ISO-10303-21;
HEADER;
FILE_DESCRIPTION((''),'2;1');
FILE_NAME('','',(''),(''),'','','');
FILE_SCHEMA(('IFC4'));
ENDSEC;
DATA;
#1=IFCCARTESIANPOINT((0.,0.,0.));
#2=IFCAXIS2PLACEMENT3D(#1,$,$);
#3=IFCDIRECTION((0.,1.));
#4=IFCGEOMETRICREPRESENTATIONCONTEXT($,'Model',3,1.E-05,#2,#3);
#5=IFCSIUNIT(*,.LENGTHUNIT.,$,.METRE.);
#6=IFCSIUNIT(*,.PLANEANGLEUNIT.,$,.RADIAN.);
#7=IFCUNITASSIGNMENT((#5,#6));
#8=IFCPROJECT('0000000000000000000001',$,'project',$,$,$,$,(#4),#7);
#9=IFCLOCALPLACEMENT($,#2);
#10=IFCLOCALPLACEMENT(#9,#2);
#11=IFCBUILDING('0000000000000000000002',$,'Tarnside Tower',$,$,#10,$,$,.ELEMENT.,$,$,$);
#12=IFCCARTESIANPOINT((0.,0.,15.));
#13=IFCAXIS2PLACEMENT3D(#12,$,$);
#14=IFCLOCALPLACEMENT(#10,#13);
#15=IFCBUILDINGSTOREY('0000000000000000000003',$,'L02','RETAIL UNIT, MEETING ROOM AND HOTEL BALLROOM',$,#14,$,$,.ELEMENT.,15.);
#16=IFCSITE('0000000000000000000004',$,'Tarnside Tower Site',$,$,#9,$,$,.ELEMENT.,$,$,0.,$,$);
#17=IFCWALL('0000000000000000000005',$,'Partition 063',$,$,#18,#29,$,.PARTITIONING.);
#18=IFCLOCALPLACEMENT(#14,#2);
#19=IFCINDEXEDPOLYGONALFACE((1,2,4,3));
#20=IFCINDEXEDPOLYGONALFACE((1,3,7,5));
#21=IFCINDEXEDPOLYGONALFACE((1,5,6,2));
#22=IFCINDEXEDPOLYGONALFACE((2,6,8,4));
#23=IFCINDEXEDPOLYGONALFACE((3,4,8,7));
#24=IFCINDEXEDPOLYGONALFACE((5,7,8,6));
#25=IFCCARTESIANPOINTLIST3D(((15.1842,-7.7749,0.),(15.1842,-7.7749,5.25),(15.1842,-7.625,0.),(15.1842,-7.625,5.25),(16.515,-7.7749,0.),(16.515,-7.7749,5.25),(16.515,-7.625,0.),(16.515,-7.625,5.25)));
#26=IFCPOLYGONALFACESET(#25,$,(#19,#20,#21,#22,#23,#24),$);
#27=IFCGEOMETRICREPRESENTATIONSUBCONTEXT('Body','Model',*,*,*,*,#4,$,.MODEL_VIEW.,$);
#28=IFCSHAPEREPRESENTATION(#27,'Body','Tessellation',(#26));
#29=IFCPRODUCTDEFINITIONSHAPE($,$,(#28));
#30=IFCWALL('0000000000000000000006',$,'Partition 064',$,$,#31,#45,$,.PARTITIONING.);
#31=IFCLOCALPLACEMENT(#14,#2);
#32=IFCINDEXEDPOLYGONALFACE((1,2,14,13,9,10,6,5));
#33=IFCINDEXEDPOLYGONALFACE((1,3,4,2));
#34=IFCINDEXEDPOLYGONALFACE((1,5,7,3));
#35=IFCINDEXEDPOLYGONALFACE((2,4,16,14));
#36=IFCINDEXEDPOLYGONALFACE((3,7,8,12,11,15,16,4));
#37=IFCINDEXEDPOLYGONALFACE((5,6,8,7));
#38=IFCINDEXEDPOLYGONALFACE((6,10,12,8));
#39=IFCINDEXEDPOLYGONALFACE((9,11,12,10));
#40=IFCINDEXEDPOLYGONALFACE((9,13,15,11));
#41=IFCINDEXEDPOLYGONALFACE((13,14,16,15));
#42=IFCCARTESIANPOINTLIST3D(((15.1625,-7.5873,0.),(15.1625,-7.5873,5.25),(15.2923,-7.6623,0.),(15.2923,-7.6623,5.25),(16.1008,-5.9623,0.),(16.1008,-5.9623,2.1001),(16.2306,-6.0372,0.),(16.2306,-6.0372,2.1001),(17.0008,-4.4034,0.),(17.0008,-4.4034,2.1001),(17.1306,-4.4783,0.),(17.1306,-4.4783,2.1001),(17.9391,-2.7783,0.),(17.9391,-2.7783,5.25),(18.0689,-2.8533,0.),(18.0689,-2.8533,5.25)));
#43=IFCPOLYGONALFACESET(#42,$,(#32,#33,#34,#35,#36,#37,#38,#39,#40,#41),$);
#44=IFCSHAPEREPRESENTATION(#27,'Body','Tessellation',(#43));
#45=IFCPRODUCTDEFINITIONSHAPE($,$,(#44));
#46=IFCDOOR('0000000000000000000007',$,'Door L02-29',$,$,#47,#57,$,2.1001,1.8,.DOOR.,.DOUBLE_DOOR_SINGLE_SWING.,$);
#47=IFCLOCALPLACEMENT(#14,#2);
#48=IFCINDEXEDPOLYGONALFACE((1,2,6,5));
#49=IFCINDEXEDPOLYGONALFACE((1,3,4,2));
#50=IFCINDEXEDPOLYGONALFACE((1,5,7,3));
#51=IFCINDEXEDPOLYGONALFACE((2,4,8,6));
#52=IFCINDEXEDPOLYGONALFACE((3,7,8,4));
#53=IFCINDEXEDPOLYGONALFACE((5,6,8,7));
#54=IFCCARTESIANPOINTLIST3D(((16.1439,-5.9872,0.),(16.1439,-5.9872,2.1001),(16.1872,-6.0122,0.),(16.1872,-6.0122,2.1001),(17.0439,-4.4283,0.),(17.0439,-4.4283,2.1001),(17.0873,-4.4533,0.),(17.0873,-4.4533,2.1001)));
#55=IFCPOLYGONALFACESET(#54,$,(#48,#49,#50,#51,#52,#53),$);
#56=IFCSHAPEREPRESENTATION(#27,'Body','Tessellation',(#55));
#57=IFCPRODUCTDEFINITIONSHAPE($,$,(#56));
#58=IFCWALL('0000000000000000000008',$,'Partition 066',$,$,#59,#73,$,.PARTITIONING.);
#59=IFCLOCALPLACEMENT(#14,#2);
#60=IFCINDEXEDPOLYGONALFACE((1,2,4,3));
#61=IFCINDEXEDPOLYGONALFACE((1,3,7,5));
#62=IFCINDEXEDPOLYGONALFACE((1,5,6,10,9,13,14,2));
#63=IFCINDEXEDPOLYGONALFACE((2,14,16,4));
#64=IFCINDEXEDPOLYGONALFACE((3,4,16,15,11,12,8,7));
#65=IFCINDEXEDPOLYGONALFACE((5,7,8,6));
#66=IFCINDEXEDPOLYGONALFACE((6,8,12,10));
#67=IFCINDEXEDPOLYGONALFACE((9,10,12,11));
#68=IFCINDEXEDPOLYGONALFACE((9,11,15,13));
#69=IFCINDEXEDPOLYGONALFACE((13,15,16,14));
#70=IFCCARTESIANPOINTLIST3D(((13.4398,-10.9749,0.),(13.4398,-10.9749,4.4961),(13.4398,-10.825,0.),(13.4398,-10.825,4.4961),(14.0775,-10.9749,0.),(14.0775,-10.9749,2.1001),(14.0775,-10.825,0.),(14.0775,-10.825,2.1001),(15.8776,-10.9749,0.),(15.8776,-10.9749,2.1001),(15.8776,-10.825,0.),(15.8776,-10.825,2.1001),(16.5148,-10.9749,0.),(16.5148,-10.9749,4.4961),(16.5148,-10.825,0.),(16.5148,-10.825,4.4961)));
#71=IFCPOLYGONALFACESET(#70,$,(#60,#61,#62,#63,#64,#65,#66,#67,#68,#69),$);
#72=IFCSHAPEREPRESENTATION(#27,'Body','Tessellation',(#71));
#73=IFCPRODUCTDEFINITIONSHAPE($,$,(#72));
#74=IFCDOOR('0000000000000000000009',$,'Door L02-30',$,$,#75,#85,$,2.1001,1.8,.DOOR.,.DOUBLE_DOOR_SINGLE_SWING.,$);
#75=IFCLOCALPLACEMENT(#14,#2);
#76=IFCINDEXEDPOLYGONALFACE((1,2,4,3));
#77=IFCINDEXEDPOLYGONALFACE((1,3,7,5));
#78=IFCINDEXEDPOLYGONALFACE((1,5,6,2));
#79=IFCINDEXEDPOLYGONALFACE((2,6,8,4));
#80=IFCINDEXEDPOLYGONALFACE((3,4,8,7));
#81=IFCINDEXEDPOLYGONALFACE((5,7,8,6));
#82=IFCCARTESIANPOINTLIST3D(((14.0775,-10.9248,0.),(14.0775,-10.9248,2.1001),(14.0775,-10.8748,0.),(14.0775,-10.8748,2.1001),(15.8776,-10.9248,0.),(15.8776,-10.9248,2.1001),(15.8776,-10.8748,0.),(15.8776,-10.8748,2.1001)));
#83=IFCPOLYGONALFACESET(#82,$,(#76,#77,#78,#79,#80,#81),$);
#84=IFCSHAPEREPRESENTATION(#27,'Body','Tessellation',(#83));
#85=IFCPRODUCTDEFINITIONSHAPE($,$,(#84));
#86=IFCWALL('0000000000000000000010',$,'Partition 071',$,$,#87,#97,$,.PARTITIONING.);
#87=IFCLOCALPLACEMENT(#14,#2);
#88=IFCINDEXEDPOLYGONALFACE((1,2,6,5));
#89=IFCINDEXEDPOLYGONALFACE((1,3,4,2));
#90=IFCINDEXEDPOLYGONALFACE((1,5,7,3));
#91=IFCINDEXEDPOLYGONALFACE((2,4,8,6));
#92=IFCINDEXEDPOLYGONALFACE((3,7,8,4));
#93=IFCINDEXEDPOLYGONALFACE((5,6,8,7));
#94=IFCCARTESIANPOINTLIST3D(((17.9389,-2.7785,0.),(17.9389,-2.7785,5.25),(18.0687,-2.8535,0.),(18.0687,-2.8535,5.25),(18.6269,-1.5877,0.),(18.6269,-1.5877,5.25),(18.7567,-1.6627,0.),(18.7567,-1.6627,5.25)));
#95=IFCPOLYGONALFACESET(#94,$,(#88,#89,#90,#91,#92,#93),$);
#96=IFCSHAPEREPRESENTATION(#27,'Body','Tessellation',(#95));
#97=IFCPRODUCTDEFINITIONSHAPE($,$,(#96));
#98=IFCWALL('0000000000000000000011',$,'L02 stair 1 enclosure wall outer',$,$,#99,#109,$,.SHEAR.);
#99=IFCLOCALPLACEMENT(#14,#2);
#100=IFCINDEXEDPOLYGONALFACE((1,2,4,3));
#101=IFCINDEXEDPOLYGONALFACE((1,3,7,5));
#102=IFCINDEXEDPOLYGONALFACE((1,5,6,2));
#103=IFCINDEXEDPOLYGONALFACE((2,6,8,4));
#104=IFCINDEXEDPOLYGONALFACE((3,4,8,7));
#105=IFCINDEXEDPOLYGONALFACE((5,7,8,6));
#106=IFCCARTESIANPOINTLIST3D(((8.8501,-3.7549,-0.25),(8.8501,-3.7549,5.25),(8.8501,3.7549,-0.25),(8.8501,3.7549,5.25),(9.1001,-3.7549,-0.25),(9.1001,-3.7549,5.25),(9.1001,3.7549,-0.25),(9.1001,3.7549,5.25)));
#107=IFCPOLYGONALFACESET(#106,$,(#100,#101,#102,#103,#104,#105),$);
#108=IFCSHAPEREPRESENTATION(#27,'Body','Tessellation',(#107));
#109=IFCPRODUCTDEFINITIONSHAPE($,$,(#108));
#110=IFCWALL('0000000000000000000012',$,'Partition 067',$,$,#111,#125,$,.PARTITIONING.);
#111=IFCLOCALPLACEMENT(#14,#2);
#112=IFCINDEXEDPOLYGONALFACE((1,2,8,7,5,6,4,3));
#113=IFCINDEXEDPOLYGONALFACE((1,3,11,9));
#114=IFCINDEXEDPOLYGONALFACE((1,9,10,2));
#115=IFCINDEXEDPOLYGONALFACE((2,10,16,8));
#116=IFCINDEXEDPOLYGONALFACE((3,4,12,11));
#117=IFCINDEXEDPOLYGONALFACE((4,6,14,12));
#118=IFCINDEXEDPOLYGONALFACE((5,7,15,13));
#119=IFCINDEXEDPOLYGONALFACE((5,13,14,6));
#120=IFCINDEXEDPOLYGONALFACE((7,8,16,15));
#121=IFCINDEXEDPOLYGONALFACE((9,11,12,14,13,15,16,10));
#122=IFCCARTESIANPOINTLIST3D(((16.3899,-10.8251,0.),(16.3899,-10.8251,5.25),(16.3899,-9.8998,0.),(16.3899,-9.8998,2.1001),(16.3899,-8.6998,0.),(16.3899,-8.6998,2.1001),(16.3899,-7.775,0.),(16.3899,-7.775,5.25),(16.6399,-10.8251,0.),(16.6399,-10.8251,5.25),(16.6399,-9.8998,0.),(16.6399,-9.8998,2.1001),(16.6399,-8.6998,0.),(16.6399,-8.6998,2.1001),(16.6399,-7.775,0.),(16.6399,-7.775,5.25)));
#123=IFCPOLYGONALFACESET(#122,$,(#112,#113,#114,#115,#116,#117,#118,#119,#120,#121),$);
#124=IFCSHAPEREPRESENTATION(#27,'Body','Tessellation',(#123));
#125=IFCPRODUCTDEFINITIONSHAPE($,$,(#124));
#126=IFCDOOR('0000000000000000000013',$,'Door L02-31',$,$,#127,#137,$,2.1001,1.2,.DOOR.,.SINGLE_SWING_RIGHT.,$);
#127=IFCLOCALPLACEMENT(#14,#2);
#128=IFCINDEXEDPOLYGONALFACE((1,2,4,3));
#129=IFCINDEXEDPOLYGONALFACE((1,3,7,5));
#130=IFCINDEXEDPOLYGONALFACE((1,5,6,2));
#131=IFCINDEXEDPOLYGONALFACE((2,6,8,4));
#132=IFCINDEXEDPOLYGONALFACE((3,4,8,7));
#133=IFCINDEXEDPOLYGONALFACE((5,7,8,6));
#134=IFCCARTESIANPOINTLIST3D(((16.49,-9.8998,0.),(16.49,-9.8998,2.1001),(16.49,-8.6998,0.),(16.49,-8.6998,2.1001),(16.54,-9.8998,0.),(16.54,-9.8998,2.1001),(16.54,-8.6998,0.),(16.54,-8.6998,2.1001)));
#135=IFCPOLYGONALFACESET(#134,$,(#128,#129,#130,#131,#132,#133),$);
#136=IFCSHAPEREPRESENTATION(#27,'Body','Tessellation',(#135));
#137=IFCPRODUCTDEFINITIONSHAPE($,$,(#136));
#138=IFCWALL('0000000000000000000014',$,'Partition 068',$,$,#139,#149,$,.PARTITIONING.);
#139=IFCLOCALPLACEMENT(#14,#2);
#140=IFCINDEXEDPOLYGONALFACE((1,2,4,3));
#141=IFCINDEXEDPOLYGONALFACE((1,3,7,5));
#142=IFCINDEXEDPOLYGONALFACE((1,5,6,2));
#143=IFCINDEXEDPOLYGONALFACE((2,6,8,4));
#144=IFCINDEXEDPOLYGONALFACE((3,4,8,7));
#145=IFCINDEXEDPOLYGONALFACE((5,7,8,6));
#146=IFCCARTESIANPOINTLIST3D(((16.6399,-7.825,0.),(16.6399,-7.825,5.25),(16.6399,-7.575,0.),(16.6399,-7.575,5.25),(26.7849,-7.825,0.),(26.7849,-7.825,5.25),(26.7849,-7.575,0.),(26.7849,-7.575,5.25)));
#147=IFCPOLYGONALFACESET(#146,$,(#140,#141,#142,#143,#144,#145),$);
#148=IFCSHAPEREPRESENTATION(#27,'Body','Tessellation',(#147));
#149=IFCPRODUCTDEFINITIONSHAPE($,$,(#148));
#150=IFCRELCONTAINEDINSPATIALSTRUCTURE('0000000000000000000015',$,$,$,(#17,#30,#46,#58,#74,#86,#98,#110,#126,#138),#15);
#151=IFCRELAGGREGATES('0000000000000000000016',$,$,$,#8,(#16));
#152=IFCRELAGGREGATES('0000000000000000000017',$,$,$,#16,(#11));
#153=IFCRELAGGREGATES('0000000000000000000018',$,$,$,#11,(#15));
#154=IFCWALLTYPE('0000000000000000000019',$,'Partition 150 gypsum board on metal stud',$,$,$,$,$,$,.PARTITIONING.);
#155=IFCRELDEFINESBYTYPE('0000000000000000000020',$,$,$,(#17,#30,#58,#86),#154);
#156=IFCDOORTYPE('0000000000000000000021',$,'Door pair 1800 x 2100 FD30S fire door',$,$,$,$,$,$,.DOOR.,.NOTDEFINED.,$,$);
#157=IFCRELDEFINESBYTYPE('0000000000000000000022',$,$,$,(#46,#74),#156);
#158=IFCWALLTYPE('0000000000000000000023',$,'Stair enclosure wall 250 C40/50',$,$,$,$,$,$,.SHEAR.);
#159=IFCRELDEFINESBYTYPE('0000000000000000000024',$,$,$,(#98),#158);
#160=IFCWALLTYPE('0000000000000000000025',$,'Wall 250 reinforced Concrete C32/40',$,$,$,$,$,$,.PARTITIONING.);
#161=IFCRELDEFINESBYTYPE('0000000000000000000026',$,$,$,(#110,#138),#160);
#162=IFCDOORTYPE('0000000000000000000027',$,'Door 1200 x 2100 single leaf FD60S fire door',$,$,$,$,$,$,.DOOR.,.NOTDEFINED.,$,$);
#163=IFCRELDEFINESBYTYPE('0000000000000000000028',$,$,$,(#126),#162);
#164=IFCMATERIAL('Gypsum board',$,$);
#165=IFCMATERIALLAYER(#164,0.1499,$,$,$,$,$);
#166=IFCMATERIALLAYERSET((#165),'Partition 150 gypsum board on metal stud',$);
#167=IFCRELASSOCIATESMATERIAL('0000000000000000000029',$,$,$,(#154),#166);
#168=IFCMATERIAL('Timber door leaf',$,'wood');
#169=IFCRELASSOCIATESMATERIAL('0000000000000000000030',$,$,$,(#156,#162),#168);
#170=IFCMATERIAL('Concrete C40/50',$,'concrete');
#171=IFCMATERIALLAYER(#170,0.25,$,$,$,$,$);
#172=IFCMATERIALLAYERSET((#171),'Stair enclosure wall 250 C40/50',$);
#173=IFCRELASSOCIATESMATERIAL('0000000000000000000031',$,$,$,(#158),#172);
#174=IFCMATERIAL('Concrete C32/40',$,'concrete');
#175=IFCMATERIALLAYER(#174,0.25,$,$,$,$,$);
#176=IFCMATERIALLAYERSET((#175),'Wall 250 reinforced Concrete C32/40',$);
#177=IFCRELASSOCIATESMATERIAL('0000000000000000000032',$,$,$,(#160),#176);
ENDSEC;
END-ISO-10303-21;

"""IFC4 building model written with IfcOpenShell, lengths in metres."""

from ifc_helpers import new_model, si_unit, direction, frame, frame_2d, origin, place, context, subcontext, project, spatial, rectangle, extrude, material, layer, layer_set, type_object, element, fill, save


model = new_model("IFC4")

# Units and contexts
model_context = context("Model", 3, precision=1e-05, world=origin(), true_north=direction((0.0, 1.0)))
body_context = subcontext(model_context, "Body", "Model", "MODEL_VIEW")
ifc_project = project(units=[si_unit("LENGTHUNIT", "METRE"), si_unit("PLANEANGLEUNIT", "RADIAN")], contexts=[model_context])

# Site, building, storey
site_placement = place(None, origin())
site = spatial("IfcSite", under=ifc_project, at=site_placement, Name="Tarnside Tower Site", CompositionType="ELEMENT", RefElevation=0.0)
building_placement = place(site_placement, origin())
building = spatial("IfcBuilding", under=site, at=building_placement, Name="Tarnside Tower", CompositionType="ELEMENT")
storey_placement = place(building_placement, frame((0.0, 0.0, 15.0)))
storey = spatial("IfcBuildingStorey", under=building, at=storey_placement, Name="L02", Description="RETAIL UNIT, MEETING ROOM AND HOTEL BALLROOM", CompositionType="ELEMENT", Elevation=15.0)

# Shared definitions
ifc_material_1 = material(Name="Concrete C40/50", Category="concrete")

# Shared definitions
ifc_material_2 = material(Name="Gypsum board")
ifc_layer_1 = layer(ifc_material_2, 0.1499)
ifc_layer_set_1 = layer_set([ifc_layer_1], Name="Partition 150 gypsum board on metal stud")
wall_type_1 = type_object("IfcWallType", Name="Partition 150 gypsum board on metal stud", PredefinedType="PARTITIONING", material=ifc_layer_set_1)

# Shared definitions
ifc_material_3 = material(Name="Timber door leaf", Category="wood")
door_type_1 = type_object("IfcDoorType", Name="Door pair 1800 x 2100 FD30S fire door", OperationType="NOTDEFINED", PredefinedType="DOOR", material=ifc_material_3)

# Wall
wall_1_placement = place(storey_placement, frame((15.1841, -7.7, 0.0), z_axis=(0.0, 0.0, 1.0), x_axis=(1.0, 0.0, 0.0)))
element("IfcWall", 1, at=wall_1_placement, inside=storey, type_object=wall_type_1, Name="Partition 063", PredefinedType="PARTITIONING", context=body_context, shape_type="SweptSolid", body=[
    extrude(rectangle(XDim=1.3308, YDim=0.1499, at=frame_2d((0.6655, 0.0))), origin(), (0.0, 0.0, 1.0), 5.25),
])

# Walls, openings, doors
wall_2_placement = place(storey_placement, frame((18.0039, -2.8159, 0.0), z_axis=(0.0, 0.0, 1.0), x_axis=(-0.500012, -0.866019, 0.0)))
wall_2 = element("IfcWall", 2, at=wall_2_placement, inside=storey, type_object=wall_type_1, Name="Partition 064", PredefinedType="PARTITIONING", context=body_context, shape_type="SweptSolid", body=[
    extrude(rectangle(XDim=5.553, YDim=0.1499, at=frame_2d((2.7764, 0.0))), origin(), (0.0, 0.0, 1.0), 5.25),
])
opening_1_placement = place(wall_2_placement, frame((1.8765, 0.0, 0.0)))
opening_1 = element("IfcOpeningElement", 3, at=opening_1_placement, cuts=wall_2, PredefinedType="OPENING", context=body_context, shape_type="SweptSolid", body=[
    extrude(rectangle(XDim=1.8, YDim=2.1001, at=frame_2d((0.8999, 1.05))), frame((0.0, 0.085, 0.0), z_axis=(0.0, -1.0, 0.0), x_axis=(1.0, 0.0, 0.0)), (0.0, 0.0, 1.0), 0.1699),
])
door_1_placement = place(opening_1_placement, origin())
door_1 = element("IfcDoor", 4, at=door_1_placement, inside=storey, type_object=door_type_1, Name="Door L02-29", OperationType="DOUBLE_DOOR_SINGLE_SWING", OverallHeight=2.1001, OverallWidth=1.8, PredefinedType="DOOR", context=body_context, shape_type="SweptSolid", body=[
    extrude(rectangle(XDim=1.8, YDim=2.1001, at=frame_2d((0.8999, 1.05))), frame((0.0, 0.0249, 0.0), z_axis=(0.0, -1.0, 0.0), x_axis=(1.0, 0.0, 0.0)), (0.0, 0.0, 1.0), 0.05),
])
fill(opening_1, door_1)
wall_3_placement = place(storey_placement, frame((16.5149, -10.8999, 0.0), z_axis=(0.0, 0.0, 1.0), x_axis=(-1.0, 0.0, 0.0)))
wall_3 = element("IfcWall", 5, at=wall_3_placement, inside=storey, type_object=wall_type_1, Name="Partition 066", PredefinedType="PARTITIONING", context=body_context, shape_type="SweptSolid", body=[
    extrude(rectangle(XDim=3.075, YDim=0.1499, at=frame_2d((1.5376, 0.0))), origin(), (0.0, 0.0, 1.0), 4.4961),
])
opening_2_placement = place(wall_3_placement, frame((0.6375, 0.0, 0.0)))
opening_2 = element("IfcOpeningElement", 6, at=opening_2_placement, cuts=wall_3, PredefinedType="OPENING", context=body_context, shape_type="SweptSolid", body=[
    extrude(rectangle(XDim=1.8, YDim=2.1001, at=frame_2d((0.8999, 1.05))), frame((0.0, 0.085, 0.0), z_axis=(0.0, -1.0, 0.0), x_axis=(1.0, 0.0, 0.0)), (0.0, 0.0, 1.0), 0.1699),
])
door_2_placement = place(opening_2_placement, origin())
door_2 = element("IfcDoor", 7, at=door_2_placement, inside=storey, type_object=door_type_1, Name="Door L02-30", OperationType="DOUBLE_DOOR_SINGLE_SWING", OverallHeight=2.1001, OverallWidth=1.8, PredefinedType="DOOR", context=body_context, shape_type="SweptSolid", body=[
    extrude(rectangle(XDim=1.8, YDim=2.1001, at=frame_2d((0.8999, 1.05))), frame((0.0, 0.0249, 0.0), z_axis=(0.0, -1.0, 0.0), x_axis=(1.0, 0.0, 0.0)), (0.0, 0.0, 1.0), 0.05),
])
fill(opening_2, door_2)

# Walls
wall_4_placement = place(storey_placement, frame((18.0039, -2.8159, 0.0), z_axis=(0.0, 0.0, 1.0), x_axis=(0.500224, 0.865896, 0.0)))
element("IfcWall", 8, at=wall_4_placement, inside=storey, type_object=wall_type_1, Name="Partition 071", PredefinedType="PARTITIONING", context=body_context, shape_type="SweptSolid", body=[
    extrude(rectangle(XDim=1.3752, YDim=0.1499, at=frame_2d((0.6875, 0.0))), origin(), (0.0, 0.0, 1.0), 5.25),
])
ifc_layer_2 = layer(ifc_material_1, 0.25)
ifc_layer_set_2 = layer_set([ifc_layer_2], Name="Stair enclosure wall 250 C40/50")
wall_type_2 = type_object("IfcWallType", Name="Stair enclosure wall 250 C40/50", PredefinedType="SHEAR", material=ifc_layer_set_2)
wall_5_placement = place(storey_placement, frame((8.9751, -3.7549, -0.25), z_axis=(0.0, 0.0, 1.0), x_axis=(0.0, 1.0, 0.0)))
element("IfcWall", 9, at=wall_5_placement, inside=storey, type_object=wall_type_2, Name="L02 stair 1 enclosure wall outer", PredefinedType="SHEAR", context=body_context, shape_type="SweptSolid", body=[
    extrude(rectangle(XDim=7.5098, YDim=0.25, at=frame_2d((3.7549, 0.0))), origin(), (0.0, 0.0, 1.0), 5.5),
])

# Wall, opening, door
ifc_material_4 = material(Name="Concrete C32/40", Category="concrete")
ifc_layer_3 = layer(ifc_material_4, 0.25)
ifc_layer_set_3 = layer_set([ifc_layer_3], Name="Wall 250 reinforced Concrete C32/40")
wall_type_3 = type_object("IfcWallType", Name="Wall 250 reinforced Concrete C32/40", PredefinedType="PARTITIONING", material=ifc_layer_set_3)
wall_6_placement = place(storey_placement, frame((16.5149, -10.825, 0.0), z_axis=(0.0, 0.0, 1.0), x_axis=(0.0, 1.0, 0.0)))
wall_6 = element("IfcWall", 10, at=wall_6_placement, inside=storey, type_object=wall_type_3, Name="Partition 067", PredefinedType="PARTITIONING", context=body_context, shape_type="SweptSolid", body=[
    extrude(rectangle(XDim=3.05, YDim=0.25, at=frame_2d((1.5249, 0.0))), origin(), (0.0, 0.0, 1.0), 5.25),
])
opening_3_placement = place(wall_6_placement, frame((0.925, 0.0, 0.0)))
opening_3 = element("IfcOpeningElement", 11, at=opening_3_placement, cuts=wall_6, PredefinedType="OPENING", context=body_context, shape_type="SweptSolid", body=[
    extrude(rectangle(XDim=1.2, YDim=2.1001, at=frame_2d((0.6001, 1.05))), frame((0.0, 0.135, 0.0), z_axis=(0.0, -1.0, 0.0), x_axis=(1.0, 0.0, 0.0)), (0.0, 0.0, 1.0), 0.27),
])
door_type_2 = type_object("IfcDoorType", Name="Door 1200 x 2100 single leaf FD60S fire door", OperationType="NOTDEFINED", PredefinedType="DOOR", material=ifc_material_3)
door_3_placement = place(opening_3_placement, origin())
door_3 = element("IfcDoor", 12, at=door_3_placement, inside=storey, type_object=door_type_2, Name="Door L02-31", OperationType="SINGLE_SWING_RIGHT", OverallHeight=2.1001, OverallWidth=1.2, PredefinedType="DOOR", context=body_context, shape_type="SweptSolid", body=[
    extrude(rectangle(XDim=1.2, YDim=2.1001, at=frame_2d((0.6001, 1.05))), frame((0.0, 0.0249, 0.0), z_axis=(0.0, -1.0, 0.0), x_axis=(1.0, 0.0, 0.0)), (0.0, 0.0, 1.0), 0.05),
])
fill(opening_3, door_3)

# Wall
wall_7_placement = place(storey_placement, frame((16.6399, -7.7, 0.0), z_axis=(0.0, 0.0, 1.0), x_axis=(1.0, 0.0, 0.0)))
element("IfcWall", 13, at=wall_7_placement, inside=storey, type_object=wall_type_3, Name="Partition 068", PredefinedType="PARTITIONING", context=body_context, shape_type="SweptSolid", body=[
    extrude(rectangle(XDim=10.145, YDim=0.25, at=frame_2d((5.0725, 0.0))), origin(), (0.0, 0.0, 1.0), 5.25),
])

save(model, "model.ifc")
